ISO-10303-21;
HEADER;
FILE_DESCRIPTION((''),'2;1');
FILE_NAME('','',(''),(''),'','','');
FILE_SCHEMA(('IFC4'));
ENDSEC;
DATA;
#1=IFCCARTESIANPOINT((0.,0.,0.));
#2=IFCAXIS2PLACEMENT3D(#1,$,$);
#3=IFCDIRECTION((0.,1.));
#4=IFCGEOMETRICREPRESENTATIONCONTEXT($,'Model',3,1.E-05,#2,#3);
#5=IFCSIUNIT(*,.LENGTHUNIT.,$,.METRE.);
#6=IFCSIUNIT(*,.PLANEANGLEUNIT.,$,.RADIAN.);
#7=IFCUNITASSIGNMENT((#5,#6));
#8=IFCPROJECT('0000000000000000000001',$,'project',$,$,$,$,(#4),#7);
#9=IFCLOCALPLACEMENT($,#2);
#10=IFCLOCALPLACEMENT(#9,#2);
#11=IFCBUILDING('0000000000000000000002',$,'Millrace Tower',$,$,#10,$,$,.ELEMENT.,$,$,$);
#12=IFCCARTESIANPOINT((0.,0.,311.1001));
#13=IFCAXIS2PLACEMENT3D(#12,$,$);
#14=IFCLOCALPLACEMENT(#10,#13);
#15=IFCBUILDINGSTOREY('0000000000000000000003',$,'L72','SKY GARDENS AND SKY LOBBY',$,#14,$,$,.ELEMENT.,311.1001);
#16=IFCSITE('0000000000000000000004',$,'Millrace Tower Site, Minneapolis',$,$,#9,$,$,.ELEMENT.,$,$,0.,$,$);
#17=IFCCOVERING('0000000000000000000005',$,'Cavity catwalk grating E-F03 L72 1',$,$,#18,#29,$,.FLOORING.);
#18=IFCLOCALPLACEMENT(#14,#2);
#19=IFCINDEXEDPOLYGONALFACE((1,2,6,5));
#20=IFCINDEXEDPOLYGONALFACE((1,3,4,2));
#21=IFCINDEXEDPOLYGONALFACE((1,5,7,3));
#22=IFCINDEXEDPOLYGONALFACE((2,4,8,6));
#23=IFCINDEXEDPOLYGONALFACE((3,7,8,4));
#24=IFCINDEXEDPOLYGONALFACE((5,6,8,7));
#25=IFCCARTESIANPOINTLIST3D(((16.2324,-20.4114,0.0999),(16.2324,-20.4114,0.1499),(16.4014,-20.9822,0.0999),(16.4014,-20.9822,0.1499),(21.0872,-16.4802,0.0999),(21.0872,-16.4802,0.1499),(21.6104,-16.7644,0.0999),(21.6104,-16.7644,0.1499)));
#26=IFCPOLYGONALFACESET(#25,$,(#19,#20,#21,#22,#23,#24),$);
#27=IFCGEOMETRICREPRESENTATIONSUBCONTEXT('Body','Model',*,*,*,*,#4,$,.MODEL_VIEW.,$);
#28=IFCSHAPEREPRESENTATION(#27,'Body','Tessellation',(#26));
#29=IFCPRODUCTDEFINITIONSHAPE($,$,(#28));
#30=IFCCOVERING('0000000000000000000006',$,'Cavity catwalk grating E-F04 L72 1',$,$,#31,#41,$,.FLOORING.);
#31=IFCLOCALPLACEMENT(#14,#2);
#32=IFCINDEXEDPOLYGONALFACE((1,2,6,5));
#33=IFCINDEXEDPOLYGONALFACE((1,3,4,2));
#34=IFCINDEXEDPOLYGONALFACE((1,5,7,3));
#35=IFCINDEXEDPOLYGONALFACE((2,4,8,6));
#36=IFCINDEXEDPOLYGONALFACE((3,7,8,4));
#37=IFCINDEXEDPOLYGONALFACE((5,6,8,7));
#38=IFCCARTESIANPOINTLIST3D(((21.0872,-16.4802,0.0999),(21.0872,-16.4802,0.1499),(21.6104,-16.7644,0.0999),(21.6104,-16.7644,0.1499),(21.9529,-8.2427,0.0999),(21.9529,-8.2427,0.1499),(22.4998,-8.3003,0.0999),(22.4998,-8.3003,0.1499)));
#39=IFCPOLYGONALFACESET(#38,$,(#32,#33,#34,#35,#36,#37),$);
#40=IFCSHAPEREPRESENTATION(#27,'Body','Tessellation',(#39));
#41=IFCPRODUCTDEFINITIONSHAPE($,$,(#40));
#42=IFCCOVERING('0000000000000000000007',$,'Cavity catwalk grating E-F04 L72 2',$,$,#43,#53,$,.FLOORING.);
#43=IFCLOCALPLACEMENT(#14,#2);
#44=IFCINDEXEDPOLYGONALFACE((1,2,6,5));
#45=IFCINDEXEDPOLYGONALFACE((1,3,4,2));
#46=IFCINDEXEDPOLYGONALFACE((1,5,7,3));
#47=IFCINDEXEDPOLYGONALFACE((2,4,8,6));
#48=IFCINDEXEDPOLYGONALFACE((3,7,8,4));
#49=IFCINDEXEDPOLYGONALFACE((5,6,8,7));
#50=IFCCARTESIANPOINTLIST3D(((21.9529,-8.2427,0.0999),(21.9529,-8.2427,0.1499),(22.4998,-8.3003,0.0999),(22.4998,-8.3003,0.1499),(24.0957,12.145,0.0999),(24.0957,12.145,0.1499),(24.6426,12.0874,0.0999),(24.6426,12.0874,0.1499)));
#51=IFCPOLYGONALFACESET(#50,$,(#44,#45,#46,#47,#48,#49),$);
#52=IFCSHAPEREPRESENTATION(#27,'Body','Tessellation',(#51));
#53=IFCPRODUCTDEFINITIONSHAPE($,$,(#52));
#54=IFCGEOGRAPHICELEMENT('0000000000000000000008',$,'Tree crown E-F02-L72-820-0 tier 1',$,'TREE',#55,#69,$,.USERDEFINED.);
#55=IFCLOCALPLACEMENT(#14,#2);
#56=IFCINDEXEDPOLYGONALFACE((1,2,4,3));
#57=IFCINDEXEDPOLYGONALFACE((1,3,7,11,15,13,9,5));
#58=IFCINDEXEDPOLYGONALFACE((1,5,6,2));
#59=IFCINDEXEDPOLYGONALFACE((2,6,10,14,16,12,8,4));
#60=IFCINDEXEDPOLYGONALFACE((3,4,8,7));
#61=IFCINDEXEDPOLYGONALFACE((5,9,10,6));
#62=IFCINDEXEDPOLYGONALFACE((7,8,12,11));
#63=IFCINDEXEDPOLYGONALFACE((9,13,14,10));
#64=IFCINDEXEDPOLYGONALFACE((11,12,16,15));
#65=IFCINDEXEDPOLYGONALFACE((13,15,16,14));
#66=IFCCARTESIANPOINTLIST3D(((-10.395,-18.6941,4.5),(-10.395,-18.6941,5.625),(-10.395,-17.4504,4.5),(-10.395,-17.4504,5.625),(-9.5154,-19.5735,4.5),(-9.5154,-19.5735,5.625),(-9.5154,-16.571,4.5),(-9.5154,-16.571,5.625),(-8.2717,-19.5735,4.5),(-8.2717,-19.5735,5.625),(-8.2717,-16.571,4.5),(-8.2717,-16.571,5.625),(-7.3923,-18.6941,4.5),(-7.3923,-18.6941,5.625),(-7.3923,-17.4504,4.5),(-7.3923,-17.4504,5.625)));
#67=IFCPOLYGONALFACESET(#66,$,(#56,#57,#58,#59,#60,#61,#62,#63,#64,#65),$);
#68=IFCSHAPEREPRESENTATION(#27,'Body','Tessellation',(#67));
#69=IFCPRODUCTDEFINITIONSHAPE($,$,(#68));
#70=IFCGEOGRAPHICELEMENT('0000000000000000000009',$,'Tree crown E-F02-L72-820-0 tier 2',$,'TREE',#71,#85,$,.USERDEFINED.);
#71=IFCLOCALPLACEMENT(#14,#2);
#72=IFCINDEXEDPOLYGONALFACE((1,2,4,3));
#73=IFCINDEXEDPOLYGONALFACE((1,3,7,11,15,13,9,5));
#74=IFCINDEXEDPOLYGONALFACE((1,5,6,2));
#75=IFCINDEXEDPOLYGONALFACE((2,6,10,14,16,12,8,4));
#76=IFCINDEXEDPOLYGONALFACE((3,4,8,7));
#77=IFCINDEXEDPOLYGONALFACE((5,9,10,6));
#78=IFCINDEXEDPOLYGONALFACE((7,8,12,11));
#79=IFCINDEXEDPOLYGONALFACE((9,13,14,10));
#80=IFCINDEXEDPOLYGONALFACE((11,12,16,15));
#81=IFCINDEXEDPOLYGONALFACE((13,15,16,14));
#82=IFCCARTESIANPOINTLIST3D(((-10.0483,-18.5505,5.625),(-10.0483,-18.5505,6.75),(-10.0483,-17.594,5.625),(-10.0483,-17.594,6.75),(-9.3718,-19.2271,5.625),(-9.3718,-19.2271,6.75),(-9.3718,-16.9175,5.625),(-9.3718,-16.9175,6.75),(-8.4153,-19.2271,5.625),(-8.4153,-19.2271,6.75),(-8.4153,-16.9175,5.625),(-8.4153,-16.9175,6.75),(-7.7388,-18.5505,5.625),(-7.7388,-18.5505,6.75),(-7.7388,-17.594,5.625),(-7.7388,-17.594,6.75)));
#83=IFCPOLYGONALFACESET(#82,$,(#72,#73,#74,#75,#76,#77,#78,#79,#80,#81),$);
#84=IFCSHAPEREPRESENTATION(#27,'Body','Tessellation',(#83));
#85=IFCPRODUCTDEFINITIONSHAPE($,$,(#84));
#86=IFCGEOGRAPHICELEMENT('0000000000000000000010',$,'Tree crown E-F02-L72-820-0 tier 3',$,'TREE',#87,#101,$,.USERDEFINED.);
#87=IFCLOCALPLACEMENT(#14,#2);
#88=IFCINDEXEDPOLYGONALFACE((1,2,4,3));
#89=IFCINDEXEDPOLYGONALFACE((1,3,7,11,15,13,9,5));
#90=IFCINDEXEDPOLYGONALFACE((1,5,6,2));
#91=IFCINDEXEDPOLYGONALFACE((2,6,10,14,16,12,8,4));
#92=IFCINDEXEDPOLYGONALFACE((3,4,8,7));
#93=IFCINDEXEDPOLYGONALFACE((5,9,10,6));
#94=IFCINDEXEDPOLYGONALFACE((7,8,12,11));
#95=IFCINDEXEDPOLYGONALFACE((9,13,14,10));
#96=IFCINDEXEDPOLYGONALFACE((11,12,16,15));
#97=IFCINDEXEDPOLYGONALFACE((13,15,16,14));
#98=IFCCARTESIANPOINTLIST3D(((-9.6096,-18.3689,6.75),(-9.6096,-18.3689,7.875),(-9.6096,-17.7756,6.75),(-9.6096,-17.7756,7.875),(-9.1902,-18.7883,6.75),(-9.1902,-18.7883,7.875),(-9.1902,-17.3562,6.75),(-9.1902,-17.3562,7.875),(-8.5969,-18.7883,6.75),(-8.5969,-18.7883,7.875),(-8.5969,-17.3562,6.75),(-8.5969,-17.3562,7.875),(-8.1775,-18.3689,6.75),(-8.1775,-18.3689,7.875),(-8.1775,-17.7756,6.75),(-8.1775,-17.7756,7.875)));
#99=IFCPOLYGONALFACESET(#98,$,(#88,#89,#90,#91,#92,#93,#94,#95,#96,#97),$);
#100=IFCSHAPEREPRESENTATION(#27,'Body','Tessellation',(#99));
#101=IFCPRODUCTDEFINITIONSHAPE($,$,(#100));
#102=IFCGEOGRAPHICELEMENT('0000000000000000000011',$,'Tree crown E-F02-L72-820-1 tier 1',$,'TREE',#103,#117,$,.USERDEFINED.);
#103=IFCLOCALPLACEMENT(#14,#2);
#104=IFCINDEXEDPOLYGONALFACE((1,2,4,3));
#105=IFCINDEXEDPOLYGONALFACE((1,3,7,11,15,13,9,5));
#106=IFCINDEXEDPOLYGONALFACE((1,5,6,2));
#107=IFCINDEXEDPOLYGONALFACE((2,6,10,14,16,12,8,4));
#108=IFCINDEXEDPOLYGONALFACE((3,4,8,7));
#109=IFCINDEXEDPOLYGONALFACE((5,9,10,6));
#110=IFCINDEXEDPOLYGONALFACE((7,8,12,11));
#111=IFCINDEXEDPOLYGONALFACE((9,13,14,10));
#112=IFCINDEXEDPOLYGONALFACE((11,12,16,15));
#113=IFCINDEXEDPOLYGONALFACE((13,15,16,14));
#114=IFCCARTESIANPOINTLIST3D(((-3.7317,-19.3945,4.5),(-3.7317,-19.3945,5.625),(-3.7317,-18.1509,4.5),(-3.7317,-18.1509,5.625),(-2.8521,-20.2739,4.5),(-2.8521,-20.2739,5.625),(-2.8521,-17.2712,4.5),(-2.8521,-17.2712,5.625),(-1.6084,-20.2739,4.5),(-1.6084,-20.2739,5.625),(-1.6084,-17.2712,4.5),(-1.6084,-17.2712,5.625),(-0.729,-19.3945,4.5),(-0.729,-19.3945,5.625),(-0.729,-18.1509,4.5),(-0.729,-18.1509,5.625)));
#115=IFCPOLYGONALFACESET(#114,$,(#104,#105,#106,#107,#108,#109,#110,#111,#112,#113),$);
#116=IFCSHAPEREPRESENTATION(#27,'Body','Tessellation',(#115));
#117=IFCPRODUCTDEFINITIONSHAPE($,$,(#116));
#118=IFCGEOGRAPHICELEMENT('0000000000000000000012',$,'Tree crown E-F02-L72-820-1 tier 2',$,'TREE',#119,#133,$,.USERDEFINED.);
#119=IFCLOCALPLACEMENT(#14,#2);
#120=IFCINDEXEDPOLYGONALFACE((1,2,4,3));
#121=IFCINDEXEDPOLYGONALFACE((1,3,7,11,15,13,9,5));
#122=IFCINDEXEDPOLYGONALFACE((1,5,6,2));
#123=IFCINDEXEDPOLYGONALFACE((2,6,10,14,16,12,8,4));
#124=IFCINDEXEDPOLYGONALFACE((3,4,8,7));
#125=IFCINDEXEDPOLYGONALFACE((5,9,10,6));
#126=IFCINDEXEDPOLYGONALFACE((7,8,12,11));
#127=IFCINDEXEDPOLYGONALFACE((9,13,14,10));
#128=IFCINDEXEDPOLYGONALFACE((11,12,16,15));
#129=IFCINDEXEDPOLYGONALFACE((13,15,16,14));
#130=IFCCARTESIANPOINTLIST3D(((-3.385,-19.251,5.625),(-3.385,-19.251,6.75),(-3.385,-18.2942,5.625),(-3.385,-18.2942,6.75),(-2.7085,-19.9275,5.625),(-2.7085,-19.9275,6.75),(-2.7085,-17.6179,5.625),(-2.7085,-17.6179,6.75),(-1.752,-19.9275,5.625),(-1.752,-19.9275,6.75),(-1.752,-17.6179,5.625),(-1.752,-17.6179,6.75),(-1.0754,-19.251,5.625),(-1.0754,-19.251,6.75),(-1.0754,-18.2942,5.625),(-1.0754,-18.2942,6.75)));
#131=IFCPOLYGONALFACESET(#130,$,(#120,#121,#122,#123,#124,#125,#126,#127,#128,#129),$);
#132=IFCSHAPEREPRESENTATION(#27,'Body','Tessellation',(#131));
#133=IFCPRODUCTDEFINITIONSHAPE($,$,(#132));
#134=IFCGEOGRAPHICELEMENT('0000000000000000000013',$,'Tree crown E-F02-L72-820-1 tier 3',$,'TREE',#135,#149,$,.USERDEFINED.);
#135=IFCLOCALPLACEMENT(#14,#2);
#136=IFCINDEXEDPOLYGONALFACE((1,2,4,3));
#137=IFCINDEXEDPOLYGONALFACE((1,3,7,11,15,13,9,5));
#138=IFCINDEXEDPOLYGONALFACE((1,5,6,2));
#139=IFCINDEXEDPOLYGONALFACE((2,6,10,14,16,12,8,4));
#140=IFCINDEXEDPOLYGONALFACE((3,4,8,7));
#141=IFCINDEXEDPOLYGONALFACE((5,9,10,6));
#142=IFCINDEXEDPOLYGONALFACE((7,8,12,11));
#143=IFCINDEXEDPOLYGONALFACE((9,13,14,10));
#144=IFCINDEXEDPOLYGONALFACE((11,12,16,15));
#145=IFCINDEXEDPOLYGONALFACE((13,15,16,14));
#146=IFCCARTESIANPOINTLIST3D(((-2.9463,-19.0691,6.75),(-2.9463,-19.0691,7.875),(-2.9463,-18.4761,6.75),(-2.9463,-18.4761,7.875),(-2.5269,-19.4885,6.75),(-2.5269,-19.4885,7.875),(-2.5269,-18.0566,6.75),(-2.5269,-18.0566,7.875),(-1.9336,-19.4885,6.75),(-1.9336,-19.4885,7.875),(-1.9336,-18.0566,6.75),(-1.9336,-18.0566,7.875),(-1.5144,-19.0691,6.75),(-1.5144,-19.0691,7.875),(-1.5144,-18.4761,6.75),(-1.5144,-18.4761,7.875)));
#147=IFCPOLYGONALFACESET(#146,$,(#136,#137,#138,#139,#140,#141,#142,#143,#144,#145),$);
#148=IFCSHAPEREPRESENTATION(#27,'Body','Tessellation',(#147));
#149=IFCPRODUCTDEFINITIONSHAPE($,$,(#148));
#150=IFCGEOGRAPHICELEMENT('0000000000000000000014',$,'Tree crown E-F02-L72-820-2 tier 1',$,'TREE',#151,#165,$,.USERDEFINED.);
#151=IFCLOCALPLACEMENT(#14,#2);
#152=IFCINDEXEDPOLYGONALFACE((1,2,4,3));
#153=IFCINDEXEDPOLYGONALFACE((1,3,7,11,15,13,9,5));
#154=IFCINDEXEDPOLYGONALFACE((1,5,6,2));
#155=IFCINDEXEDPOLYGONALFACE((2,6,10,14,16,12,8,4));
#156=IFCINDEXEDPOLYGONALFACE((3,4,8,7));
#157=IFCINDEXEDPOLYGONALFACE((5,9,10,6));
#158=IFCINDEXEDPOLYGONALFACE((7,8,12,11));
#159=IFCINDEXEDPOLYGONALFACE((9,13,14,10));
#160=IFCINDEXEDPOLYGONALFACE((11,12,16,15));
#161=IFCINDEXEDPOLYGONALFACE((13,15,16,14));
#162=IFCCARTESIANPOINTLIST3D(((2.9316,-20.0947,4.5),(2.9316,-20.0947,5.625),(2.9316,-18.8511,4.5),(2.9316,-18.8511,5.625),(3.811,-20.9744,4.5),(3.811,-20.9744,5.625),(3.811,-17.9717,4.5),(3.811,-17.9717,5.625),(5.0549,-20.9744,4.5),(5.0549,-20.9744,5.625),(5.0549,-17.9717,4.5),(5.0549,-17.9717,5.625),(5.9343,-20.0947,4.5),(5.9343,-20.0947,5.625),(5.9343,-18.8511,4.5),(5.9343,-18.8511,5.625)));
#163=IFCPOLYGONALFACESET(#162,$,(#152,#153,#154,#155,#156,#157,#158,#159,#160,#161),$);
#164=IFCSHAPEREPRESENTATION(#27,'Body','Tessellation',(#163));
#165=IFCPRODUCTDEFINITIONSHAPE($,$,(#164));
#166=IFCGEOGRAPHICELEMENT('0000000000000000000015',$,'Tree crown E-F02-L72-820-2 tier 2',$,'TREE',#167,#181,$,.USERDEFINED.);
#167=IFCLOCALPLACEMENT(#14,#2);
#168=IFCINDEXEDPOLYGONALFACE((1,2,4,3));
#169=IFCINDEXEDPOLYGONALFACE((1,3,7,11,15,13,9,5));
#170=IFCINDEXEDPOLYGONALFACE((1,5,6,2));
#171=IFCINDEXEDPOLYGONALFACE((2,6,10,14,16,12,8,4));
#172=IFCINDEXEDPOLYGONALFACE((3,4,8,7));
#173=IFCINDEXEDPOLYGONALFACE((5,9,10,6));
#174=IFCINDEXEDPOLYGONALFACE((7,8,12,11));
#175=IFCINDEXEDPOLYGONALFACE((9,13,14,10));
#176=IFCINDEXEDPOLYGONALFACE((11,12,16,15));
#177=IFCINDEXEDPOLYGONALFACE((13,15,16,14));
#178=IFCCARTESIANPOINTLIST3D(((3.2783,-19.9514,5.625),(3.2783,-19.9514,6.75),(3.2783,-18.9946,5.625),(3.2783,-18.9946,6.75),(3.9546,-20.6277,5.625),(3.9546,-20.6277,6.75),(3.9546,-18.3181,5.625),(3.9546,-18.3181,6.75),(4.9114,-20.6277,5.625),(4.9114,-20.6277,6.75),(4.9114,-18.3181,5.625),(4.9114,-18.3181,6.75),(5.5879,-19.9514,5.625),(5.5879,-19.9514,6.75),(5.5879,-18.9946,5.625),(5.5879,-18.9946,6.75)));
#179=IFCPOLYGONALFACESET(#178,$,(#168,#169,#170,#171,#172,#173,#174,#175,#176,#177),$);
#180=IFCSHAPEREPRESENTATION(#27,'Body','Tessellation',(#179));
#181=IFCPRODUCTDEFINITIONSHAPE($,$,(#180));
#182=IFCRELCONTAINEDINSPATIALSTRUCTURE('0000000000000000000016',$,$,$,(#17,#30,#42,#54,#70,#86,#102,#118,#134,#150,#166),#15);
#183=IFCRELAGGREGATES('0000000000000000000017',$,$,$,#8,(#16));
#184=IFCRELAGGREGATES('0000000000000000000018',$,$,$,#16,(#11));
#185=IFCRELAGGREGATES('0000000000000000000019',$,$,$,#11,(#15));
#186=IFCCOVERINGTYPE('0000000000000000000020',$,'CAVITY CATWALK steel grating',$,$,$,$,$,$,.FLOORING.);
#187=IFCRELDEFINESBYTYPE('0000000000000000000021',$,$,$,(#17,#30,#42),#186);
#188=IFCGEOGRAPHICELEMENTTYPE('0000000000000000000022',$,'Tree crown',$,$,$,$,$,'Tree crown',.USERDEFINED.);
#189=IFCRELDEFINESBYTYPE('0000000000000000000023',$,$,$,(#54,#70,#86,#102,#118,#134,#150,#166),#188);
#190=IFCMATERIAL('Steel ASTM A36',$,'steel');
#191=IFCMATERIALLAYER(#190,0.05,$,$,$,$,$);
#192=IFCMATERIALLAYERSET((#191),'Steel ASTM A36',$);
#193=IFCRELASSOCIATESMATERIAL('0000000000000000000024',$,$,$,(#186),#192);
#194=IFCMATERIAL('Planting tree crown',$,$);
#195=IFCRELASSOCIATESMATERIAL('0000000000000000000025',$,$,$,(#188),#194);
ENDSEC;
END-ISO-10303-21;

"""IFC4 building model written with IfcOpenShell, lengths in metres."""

from ifc_helpers import new_model, si_unit, direction, frame, origin, place, context, subcontext, project, spatial, polyline, outline, extrude, material, layer, layer_set, type_object, element, save


model = new_model("IFC4")

# Units and contexts
model_context = context("Model", 3, precision=1e-05, world=origin(), true_north=direction((0.0, 1.0)))
body_context = subcontext(model_context, "Body", "Model", "MODEL_VIEW")
ifc_project = project(units=[si_unit("LENGTHUNIT", "METRE"), si_unit("PLANEANGLEUNIT", "RADIAN")], contexts=[model_context])

# Site, building, storey
site_placement = place(None, origin())
site = spatial("IfcSite", under=ifc_project, at=site_placement, Name="Millrace Tower Site, Minneapolis", CompositionType="ELEMENT", RefElevation=0.0)
building_placement = place(site_placement, origin())
building = spatial("IfcBuilding", under=site, at=building_placement, Name="Millrace Tower", CompositionType="ELEMENT")
storey_placement = place(building_placement, frame((0.0, 0.0, 311.1001)))
storey = spatial("IfcBuildingStorey", under=building, at=storey_placement, Name="L72", Description="SKY GARDENS AND SKY LOBBY", CompositionType="ELEMENT", Elevation=311.1001)

# Coverings
ifc_material_1 = material(Name="Steel ASTM A36", Category="steel")
ifc_layer_1 = layer(ifc_material_1, 0.05)
ifc_layer_set_1 = layer_set([ifc_layer_1], Name="Steel ASTM A36")
covering_type = type_object("IfcCoveringType", Name="CAVITY CATWALK steel grating", PredefinedType="FLOORING", material=ifc_layer_set_1)
placement_1 = place(storey_placement, frame((0.0, 0.0, 0.0999)))
element("IfcCovering", 1, at=placement_1, inside=storey, type_object=covering_type, Name="Cavity catwalk grating E-F03 L72 1", PredefinedType="FLOORING", context=body_context, shape_type="SweptSolid", body=[
    extrude(outline(polyline([(16.4014, -20.9822), (21.6104, -16.7644), (21.0872, -16.4802), (16.2324, -20.4114), (16.4014, -20.9822)])), origin(), (0.0, 0.0, 1.0), 0.05),
])
element("IfcCovering", 2, at=placement_1, inside=storey, type_object=covering_type, Name="Cavity catwalk grating E-F04 L72 1", PredefinedType="FLOORING", context=body_context, shape_type="SweptSolid", body=[
    extrude(outline(polyline([(21.6104, -16.7644), (22.4998, -8.3003), (21.9529, -8.2427), (21.0872, -16.4802), (21.6104, -16.7644)])), origin(), (0.0, 0.0, 1.0), 0.05),
])
element("IfcCovering", 3, at=placement_1, inside=storey, type_object=covering_type, Name="Cavity catwalk grating E-F04 L72 2", PredefinedType="FLOORING", context=body_context, shape_type="SweptSolid", body=[
    extrude(outline(polyline([(22.4998, -8.3003), (24.6426, 12.0874), (24.0957, 12.145), (21.9529, -8.2427), (22.4998, -8.3003)])), origin(), (0.0, 0.0, 1.0), 0.05),
])

# Geographic elements
ifc_material_2 = material(Name="Planting tree crown")
geographic_element_type = type_object("IfcGeographicElementType", Name="Tree crown", ElementType="Tree crown", PredefinedType="USERDEFINED", material=ifc_material_2)
placement_2 = place(storey_placement, frame((0.0, 0.0, 4.5)))
element("IfcGeographicElement", 4, at=placement_2, inside=storey, type_object=geographic_element_type, Name="Tree crown E-F02-L72-820-0 tier 1", ObjectType="TREE", PredefinedType="USERDEFINED", context=body_context, shape_type="SweptSolid", body=[
    extrude(outline(polyline([(-7.3923, -17.4504), (-8.2717, -16.571), (-9.5154, -16.571), (-10.395, -17.4504), (-10.395, -18.6941), (-9.5154, -19.5735), (-8.2717, -19.5735), (-7.3923, -18.6941), (-7.3923, -17.4504)])), origin(), (0.0, 0.0, 1.0), 1.125),
])
placement_3 = place(storey_placement, frame((0.0, 0.0, 5.625)))
element("IfcGeographicElement", 5, at=placement_3, inside=storey, type_object=geographic_element_type, Name="Tree crown E-F02-L72-820-0 tier 2", ObjectType="TREE", PredefinedType="USERDEFINED", context=body_context, shape_type="SweptSolid", body=[
    extrude(outline(polyline([(-7.7388, -17.594), (-8.4153, -16.9175), (-9.3718, -16.9175), (-10.0483, -17.594), (-10.0483, -18.5505), (-9.3718, -19.2271), (-8.4153, -19.2271), (-7.7388, -18.5505), (-7.7388, -17.594)])), origin(), (0.0, 0.0, 1.0), 1.125),
])
placement_4 = place(storey_placement, frame((0.0, 0.0, 6.75)))
element("IfcGeographicElement", 6, at=placement_4, inside=storey, type_object=geographic_element_type, Name="Tree crown E-F02-L72-820-0 tier 3", ObjectType="TREE", PredefinedType="USERDEFINED", context=body_context, shape_type="SweptSolid", body=[
    extrude(outline(polyline([(-8.1775, -17.7756), (-8.5969, -17.3562), (-9.1902, -17.3562), (-9.6096, -17.7756), (-9.6096, -18.3689), (-9.1902, -18.7883), (-8.5969, -18.7883), (-8.1775, -18.3689), (-8.1775, -17.7756)])), origin(), (0.0, 0.0, 1.0), 1.125),
])
element("IfcGeographicElement", 7, at=placement_2, inside=storey, type_object=geographic_element_type, Name="Tree crown E-F02-L72-820-1 tier 1", ObjectType="TREE", PredefinedType="USERDEFINED", context=body_context, shape_type="SweptSolid", body=[
    extrude(outline(polyline([(-0.729, -18.1509), (-1.6084, -17.2712), (-2.8521, -17.2712), (-3.7317, -18.1509), (-3.7317, -19.3945), (-2.8521, -20.2739), (-1.6084, -20.2739), (-0.729, -19.3945), (-0.729, -18.1509)])), origin(), (0.0, 0.0, 1.0), 1.125),
])
element("IfcGeographicElement", 8, at=placement_3, inside=storey, type_object=geographic_element_type, Name="Tree crown E-F02-L72-820-1 tier 2", ObjectType="TREE", PredefinedType="USERDEFINED", context=body_context, shape_type="SweptSolid", body=[
    extrude(outline(polyline([(-1.0754, -18.2942), (-1.752, -17.6179), (-2.7085, -17.6179), (-3.385, -18.2942), (-3.385, -19.251), (-2.7085, -19.9275), (-1.752, -19.9275), (-1.0754, -19.251), (-1.0754, -18.2942)])), origin(), (0.0, 0.0, 1.0), 1.125),
])
element("IfcGeographicElement", 9, at=placement_4, inside=storey, type_object=geographic_element_type, Name="Tree crown E-F02-L72-820-1 tier 3", ObjectType="TREE", PredefinedType="USERDEFINED", context=body_context, shape_type="SweptSolid", body=[
    extrude(outline(polyline([(-1.5144, -18.4761), (-1.9336, -18.0566), (-2.5269, -18.0566), (-2.9463, -18.4761), (-2.9463, -19.0691), (-2.5269, -19.4885), (-1.9336, -19.4885), (-1.5144, -19.0691), (-1.5144, -18.4761)])), origin(), (0.0, 0.0, 1.0), 1.125),
])
element("IfcGeographicElement", 10, at=placement_2, inside=storey, type_object=geographic_element_type, Name="Tree crown E-F02-L72-820-2 tier 1", ObjectType="TREE", PredefinedType="USERDEFINED", context=body_context, shape_type="SweptSolid", body=[
    extrude(outline(polyline([(5.9343, -18.8511), (5.0549, -17.9717), (3.811, -17.9717), (2.9316, -18.8511), (2.9316, -20.0947), (3.811, -20.9744), (5.0549, -20.9744), (5.9343, -20.0947), (5.9343, -18.8511)])), origin(), (0.0, 0.0, 1.0), 1.125),
])
element("IfcGeographicElement", 11, at=placement_3, inside=storey, type_object=geographic_element_type, Name="Tree crown E-F02-L72-820-2 tier 2", ObjectType="TREE", PredefinedType="USERDEFINED", context=body_context, shape_type="SweptSolid", body=[
    extrude(outline(polyline([(5.5879, -18.9946), (4.9114, -18.3181), (3.9546, -18.3181), (3.2783, -18.9946), (3.2783, -19.9514), (3.9546, -20.6277), (4.9114, -20.6277), (5.5879, -19.9514), (5.5879, -18.9946)])), origin(), (0.0, 0.0, 1.0), 1.125),
])

save(model, "model.ifc")
